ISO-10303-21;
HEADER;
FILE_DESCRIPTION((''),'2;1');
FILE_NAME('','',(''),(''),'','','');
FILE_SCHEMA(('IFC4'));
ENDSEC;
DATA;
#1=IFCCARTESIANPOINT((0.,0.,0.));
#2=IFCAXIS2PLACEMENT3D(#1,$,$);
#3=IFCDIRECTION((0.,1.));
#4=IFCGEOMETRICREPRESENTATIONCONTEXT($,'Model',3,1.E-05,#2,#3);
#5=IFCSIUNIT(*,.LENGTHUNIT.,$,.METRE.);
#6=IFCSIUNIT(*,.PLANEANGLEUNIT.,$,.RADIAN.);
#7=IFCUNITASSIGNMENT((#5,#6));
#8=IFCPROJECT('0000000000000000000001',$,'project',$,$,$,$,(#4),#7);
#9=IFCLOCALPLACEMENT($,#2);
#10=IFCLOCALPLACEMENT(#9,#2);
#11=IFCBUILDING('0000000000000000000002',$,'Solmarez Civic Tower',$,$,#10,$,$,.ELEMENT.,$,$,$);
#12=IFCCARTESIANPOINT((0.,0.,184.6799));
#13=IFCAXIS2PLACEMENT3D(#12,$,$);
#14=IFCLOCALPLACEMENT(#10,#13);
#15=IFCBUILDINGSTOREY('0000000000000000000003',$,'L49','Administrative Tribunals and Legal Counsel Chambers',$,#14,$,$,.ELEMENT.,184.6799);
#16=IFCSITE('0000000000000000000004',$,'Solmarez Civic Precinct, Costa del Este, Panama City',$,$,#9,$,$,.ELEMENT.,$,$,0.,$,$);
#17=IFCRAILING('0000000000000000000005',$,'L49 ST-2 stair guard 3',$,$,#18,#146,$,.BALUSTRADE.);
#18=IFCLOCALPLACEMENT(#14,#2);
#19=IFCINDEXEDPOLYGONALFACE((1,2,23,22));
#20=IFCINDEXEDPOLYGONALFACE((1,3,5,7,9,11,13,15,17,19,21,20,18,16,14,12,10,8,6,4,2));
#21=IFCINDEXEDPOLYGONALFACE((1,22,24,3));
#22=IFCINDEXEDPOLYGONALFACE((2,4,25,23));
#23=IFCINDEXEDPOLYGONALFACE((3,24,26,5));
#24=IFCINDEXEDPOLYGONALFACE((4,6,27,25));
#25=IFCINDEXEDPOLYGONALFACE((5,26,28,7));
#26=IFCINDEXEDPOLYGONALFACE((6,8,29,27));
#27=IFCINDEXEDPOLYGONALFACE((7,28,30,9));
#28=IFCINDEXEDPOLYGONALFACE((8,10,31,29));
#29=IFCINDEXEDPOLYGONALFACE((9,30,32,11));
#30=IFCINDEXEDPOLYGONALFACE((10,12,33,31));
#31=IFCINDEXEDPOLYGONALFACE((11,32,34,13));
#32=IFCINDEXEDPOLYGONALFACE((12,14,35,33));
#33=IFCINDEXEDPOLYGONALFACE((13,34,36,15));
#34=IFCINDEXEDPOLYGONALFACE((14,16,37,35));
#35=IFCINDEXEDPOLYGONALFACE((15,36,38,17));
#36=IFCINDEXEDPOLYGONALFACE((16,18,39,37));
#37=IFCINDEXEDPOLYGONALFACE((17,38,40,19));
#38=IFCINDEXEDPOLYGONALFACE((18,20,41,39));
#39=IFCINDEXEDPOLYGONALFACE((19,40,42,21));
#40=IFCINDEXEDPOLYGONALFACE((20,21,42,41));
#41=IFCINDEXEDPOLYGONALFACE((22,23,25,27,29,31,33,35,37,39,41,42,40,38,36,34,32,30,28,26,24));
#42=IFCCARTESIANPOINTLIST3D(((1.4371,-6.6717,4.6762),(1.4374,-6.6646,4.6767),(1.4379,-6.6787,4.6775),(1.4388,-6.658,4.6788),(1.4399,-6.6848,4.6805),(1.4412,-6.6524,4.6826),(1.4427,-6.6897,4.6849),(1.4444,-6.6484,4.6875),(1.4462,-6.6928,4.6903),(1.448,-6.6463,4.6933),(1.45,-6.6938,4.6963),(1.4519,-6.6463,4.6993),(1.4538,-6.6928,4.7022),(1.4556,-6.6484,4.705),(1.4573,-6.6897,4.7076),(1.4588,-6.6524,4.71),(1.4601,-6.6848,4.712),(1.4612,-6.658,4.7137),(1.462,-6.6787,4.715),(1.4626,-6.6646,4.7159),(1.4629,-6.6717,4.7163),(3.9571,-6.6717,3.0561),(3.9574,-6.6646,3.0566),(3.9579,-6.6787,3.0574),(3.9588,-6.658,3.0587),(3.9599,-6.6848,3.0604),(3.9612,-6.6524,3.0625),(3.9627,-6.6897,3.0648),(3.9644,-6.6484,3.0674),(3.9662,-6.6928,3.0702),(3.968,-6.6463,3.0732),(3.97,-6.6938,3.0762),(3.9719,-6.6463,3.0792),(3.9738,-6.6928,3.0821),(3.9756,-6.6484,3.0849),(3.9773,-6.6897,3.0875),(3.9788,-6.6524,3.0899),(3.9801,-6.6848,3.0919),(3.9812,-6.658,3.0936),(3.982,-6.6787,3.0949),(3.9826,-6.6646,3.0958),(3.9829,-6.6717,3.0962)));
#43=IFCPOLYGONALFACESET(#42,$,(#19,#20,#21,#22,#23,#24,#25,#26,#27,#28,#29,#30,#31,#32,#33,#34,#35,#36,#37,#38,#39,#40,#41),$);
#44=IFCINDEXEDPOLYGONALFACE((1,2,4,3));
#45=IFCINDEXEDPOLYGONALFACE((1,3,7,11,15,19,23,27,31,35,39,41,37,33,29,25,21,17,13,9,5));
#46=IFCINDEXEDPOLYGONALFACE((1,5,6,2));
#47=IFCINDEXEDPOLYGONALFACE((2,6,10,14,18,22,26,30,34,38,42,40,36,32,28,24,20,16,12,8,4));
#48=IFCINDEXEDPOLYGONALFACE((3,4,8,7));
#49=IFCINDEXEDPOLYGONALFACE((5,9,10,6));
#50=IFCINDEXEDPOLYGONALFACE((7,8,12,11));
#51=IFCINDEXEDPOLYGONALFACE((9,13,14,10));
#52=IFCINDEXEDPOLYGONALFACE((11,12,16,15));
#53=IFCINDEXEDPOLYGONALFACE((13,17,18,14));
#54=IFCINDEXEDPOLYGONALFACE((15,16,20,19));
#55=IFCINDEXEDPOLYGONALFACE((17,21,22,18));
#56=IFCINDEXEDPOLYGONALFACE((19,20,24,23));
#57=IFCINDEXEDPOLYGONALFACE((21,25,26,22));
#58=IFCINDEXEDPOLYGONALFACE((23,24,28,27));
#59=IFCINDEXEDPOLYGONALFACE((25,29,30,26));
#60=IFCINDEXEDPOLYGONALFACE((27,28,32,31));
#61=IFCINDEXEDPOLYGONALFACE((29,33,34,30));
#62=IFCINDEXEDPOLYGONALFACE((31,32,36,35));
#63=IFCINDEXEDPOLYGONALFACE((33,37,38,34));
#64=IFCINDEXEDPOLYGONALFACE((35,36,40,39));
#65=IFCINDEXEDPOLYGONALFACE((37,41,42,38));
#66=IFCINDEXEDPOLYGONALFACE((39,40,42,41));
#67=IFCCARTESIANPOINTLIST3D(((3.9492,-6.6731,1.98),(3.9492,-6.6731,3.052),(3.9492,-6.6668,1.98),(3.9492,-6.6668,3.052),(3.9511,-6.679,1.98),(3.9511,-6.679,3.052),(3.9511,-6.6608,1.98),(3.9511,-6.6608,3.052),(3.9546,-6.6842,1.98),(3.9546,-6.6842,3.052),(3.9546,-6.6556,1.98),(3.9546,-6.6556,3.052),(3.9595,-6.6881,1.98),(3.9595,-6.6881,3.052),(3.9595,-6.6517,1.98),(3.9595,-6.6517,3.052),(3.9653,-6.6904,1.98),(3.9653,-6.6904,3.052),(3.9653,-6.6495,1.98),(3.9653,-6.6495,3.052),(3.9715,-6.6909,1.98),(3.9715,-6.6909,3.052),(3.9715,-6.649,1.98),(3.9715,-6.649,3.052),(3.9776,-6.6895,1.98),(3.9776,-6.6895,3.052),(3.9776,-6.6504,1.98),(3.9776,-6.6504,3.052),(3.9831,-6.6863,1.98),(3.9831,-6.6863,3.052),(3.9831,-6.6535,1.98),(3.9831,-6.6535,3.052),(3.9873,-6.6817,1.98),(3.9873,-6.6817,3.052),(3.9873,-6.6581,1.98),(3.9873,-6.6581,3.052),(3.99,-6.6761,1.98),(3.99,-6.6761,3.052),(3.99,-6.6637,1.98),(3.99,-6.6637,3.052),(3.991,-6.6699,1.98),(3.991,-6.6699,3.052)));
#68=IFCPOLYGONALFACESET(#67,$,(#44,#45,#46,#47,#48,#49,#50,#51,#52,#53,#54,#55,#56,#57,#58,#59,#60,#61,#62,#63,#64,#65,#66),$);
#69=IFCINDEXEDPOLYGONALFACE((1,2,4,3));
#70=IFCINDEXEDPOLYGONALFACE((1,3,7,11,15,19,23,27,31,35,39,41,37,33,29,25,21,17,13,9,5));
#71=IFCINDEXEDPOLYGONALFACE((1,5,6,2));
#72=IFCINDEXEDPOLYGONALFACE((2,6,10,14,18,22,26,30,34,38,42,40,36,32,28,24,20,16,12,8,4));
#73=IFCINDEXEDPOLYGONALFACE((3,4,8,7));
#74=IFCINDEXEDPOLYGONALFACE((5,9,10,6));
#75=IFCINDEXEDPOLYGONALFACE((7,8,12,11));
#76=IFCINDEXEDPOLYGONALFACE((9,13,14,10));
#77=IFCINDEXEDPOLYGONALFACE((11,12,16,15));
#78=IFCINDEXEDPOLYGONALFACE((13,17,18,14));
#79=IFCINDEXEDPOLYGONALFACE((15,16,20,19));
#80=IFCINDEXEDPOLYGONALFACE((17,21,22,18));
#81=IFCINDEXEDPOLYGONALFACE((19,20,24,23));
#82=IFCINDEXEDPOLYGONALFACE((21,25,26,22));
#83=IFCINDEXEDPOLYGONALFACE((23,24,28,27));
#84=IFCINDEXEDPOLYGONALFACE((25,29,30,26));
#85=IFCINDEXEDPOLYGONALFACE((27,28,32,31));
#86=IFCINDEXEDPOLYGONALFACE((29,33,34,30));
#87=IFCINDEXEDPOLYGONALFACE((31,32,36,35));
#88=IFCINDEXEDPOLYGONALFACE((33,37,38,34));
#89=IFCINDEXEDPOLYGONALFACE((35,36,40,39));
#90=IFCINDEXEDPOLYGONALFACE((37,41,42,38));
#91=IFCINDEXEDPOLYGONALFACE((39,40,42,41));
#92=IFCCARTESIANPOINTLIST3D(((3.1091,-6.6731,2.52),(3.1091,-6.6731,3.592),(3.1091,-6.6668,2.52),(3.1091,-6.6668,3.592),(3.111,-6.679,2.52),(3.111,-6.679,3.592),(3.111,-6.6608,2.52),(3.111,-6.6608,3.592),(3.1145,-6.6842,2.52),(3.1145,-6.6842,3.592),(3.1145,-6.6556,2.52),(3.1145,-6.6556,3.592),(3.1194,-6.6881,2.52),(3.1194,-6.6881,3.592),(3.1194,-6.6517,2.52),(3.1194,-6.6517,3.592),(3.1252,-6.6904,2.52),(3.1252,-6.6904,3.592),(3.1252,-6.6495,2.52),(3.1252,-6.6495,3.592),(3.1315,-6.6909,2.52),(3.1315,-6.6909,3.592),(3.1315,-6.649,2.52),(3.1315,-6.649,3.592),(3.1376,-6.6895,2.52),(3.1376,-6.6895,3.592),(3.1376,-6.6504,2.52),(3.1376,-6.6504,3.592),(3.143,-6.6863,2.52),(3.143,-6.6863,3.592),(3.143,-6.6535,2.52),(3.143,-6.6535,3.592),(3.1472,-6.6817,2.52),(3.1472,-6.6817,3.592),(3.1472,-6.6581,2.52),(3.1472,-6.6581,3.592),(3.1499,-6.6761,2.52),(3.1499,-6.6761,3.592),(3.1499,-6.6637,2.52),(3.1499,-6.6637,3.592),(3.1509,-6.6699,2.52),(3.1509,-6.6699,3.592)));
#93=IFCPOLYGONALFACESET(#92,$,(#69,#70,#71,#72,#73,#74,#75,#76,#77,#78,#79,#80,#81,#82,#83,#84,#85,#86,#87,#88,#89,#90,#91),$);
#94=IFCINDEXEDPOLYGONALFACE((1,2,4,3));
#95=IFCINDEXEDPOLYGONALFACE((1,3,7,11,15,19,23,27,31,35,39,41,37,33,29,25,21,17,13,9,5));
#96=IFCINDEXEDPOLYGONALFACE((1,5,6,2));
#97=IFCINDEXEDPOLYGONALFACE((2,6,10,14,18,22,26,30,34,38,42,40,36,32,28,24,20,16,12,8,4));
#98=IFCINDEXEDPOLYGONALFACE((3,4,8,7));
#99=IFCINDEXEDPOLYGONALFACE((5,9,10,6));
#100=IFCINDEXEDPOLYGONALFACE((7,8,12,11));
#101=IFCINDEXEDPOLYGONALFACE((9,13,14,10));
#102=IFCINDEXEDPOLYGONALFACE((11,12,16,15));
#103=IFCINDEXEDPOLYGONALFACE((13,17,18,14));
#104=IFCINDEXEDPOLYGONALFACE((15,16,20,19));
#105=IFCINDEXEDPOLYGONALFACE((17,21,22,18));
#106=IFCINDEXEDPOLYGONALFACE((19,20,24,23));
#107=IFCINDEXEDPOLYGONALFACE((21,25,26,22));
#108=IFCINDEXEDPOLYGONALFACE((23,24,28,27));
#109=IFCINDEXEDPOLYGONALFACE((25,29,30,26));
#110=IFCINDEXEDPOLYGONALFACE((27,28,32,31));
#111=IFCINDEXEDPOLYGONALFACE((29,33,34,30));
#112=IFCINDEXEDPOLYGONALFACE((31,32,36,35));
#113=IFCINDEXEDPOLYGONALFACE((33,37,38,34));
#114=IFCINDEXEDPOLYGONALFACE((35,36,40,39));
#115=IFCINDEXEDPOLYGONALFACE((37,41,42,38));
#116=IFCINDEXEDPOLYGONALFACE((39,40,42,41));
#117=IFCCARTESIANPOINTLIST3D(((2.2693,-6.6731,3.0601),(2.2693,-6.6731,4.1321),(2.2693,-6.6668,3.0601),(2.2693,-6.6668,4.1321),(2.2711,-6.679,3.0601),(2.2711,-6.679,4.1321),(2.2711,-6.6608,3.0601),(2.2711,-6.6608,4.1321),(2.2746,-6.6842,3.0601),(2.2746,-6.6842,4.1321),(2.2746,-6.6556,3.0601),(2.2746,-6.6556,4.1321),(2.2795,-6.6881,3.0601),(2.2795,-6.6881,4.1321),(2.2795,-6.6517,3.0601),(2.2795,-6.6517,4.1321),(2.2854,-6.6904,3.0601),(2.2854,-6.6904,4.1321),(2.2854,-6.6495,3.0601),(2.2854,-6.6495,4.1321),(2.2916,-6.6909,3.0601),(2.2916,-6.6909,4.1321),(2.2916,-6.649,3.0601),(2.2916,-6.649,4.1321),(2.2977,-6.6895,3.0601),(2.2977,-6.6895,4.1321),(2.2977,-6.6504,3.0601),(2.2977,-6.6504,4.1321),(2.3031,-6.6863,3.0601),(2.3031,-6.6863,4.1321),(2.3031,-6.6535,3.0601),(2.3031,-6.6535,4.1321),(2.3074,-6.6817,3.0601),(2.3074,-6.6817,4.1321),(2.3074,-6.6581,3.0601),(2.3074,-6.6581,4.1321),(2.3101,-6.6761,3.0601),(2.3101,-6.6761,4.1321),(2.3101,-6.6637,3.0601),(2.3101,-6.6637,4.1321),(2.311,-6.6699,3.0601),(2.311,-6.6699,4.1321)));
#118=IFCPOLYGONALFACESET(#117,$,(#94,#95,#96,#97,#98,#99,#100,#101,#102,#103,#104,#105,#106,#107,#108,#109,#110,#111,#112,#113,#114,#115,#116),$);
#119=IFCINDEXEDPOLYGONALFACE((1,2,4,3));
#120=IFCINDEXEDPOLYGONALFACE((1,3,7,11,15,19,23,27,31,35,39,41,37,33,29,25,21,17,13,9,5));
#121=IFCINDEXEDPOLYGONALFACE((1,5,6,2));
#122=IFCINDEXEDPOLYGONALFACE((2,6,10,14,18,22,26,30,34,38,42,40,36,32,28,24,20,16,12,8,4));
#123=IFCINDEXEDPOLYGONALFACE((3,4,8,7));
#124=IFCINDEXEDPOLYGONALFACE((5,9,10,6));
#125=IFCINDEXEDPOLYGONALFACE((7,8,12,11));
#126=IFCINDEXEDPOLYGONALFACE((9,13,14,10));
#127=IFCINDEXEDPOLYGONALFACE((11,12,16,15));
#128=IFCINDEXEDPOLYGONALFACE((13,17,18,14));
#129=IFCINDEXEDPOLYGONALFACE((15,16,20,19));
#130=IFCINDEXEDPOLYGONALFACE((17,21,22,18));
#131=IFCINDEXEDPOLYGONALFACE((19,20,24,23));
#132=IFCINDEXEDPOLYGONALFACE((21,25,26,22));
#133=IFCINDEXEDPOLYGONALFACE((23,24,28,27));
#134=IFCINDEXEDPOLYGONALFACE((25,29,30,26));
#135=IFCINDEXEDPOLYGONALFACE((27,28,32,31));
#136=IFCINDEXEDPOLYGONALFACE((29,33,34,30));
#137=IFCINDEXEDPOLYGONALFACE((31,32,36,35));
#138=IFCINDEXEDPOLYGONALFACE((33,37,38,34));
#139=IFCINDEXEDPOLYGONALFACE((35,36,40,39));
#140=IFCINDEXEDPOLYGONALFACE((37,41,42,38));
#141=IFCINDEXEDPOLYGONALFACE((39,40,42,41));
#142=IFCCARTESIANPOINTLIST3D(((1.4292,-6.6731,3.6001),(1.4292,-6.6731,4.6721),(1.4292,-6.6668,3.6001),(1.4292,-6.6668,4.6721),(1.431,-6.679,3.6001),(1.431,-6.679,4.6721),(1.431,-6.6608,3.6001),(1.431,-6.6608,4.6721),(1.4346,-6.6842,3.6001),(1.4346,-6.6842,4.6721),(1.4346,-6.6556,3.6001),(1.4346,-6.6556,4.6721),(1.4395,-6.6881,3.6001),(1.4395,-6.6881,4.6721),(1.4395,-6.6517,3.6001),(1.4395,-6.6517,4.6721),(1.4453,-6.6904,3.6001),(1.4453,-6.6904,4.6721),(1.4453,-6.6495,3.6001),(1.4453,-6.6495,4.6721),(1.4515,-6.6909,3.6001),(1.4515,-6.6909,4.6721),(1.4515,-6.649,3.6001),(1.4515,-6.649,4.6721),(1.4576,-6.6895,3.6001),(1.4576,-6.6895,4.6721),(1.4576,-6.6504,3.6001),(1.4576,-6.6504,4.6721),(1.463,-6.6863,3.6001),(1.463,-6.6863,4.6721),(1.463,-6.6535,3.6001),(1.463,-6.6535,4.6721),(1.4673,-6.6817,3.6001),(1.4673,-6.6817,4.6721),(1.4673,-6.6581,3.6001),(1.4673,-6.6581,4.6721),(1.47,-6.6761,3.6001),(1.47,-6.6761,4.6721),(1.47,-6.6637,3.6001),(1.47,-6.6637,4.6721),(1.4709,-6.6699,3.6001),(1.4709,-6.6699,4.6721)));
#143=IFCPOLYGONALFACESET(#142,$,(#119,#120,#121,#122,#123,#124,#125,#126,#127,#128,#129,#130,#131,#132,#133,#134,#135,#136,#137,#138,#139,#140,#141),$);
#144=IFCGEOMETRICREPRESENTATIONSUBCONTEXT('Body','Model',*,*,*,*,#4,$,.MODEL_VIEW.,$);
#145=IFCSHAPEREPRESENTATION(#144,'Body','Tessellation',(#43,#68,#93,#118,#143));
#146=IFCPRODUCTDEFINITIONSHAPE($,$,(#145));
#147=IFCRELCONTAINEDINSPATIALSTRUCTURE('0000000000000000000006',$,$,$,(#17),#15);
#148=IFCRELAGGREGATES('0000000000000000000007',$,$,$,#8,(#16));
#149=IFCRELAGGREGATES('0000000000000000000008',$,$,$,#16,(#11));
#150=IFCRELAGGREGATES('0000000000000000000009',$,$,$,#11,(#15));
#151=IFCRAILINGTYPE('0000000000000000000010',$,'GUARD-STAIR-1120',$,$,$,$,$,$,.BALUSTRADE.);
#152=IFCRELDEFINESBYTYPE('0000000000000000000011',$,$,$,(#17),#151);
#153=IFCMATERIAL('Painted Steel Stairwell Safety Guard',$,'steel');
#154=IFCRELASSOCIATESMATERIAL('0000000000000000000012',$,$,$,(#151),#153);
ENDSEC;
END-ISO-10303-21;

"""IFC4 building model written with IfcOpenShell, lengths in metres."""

from ifc_helpers import new_model, si_unit, direction, frame, origin, origin_2d, place, context, subcontext, project, spatial, circle, extrude, material, type_object, element, save


model = new_model("IFC4")

# Units and contexts
model_context = context("Model", 3, precision=1e-05, world=origin(), true_north=direction((0.0, 1.0)))
body_context = subcontext(model_context, "Body", "Model", "MODEL_VIEW")
ifc_project = project(units=[si_unit("LENGTHUNIT", "METRE"), si_unit("PLANEANGLEUNIT", "RADIAN")], contexts=[model_context])

# Site, building, storey
site_placement = place(None, origin())
site = spatial("IfcSite", under=ifc_project, at=site_placement, Name="Solmarez Civic Precinct, Costa del Este, Panama City", CompositionType="ELEMENT", RefElevation=0.0)
building_placement = place(site_placement, origin())
building = spatial("IfcBuilding", under=site, at=building_placement, Name="Solmarez Civic Tower", CompositionType="ELEMENT")
storey_placement = place(building_placement, frame((0.0, 0.0, 184.6799)))
storey = spatial("IfcBuildingStorey", under=building, at=storey_placement, Name="L49", Description="Administrative Tribunals and Legal Counsel Chambers", CompositionType="ELEMENT", Elevation=184.6799)

# Railing
ifc_material_1 = material(Name="Painted Steel Stairwell Safety Guard", Category="steel")
railing_type_1 = type_object("IfcRailingType", Name="GUARD-STAIR-1120", PredefinedType="BALUSTRADE", material=ifc_material_1)
railing_1_placement = place(storey_placement, frame((3.97, -6.6699, 1.98)))
element("IfcRailing", 1, at=railing_1_placement, inside=storey, type_object=railing_type_1, Name="L49 ST-2 stair guard 3", PredefinedType="BALUSTRADE", context=body_context, shape_type="SweptSolid", body=[
    extrude(circle(Radius=0.0239, at=origin_2d()), frame((0.0, 0.0, 1.0962), z_axis=(-0.841163, 0.0, 0.540782), x_axis=(0.0, -1.0, 0.0)), (0.0, 0.0, 1.0), 2.9958),
    extrude(circle(Radius=0.021, at=origin_2d()), origin(), (0.0, 0.0, 1.0), 1.072),
    extrude(circle(Radius=0.021, at=origin_2d()), frame((-0.8401, 0.0, 0.54)), (0.0, 0.0, 1.0), 1.072),
    extrude(circle(Radius=0.021, at=origin_2d()), frame((-1.6799, 0.0, 1.0801)), (0.0, 0.0, 1.0), 1.072),
    extrude(circle(Radius=0.021, at=origin_2d()), frame((-2.52, 0.0, 1.6201)), (0.0, 0.0, 1.0), 1.072),
])

save(model, "model.ifc")
